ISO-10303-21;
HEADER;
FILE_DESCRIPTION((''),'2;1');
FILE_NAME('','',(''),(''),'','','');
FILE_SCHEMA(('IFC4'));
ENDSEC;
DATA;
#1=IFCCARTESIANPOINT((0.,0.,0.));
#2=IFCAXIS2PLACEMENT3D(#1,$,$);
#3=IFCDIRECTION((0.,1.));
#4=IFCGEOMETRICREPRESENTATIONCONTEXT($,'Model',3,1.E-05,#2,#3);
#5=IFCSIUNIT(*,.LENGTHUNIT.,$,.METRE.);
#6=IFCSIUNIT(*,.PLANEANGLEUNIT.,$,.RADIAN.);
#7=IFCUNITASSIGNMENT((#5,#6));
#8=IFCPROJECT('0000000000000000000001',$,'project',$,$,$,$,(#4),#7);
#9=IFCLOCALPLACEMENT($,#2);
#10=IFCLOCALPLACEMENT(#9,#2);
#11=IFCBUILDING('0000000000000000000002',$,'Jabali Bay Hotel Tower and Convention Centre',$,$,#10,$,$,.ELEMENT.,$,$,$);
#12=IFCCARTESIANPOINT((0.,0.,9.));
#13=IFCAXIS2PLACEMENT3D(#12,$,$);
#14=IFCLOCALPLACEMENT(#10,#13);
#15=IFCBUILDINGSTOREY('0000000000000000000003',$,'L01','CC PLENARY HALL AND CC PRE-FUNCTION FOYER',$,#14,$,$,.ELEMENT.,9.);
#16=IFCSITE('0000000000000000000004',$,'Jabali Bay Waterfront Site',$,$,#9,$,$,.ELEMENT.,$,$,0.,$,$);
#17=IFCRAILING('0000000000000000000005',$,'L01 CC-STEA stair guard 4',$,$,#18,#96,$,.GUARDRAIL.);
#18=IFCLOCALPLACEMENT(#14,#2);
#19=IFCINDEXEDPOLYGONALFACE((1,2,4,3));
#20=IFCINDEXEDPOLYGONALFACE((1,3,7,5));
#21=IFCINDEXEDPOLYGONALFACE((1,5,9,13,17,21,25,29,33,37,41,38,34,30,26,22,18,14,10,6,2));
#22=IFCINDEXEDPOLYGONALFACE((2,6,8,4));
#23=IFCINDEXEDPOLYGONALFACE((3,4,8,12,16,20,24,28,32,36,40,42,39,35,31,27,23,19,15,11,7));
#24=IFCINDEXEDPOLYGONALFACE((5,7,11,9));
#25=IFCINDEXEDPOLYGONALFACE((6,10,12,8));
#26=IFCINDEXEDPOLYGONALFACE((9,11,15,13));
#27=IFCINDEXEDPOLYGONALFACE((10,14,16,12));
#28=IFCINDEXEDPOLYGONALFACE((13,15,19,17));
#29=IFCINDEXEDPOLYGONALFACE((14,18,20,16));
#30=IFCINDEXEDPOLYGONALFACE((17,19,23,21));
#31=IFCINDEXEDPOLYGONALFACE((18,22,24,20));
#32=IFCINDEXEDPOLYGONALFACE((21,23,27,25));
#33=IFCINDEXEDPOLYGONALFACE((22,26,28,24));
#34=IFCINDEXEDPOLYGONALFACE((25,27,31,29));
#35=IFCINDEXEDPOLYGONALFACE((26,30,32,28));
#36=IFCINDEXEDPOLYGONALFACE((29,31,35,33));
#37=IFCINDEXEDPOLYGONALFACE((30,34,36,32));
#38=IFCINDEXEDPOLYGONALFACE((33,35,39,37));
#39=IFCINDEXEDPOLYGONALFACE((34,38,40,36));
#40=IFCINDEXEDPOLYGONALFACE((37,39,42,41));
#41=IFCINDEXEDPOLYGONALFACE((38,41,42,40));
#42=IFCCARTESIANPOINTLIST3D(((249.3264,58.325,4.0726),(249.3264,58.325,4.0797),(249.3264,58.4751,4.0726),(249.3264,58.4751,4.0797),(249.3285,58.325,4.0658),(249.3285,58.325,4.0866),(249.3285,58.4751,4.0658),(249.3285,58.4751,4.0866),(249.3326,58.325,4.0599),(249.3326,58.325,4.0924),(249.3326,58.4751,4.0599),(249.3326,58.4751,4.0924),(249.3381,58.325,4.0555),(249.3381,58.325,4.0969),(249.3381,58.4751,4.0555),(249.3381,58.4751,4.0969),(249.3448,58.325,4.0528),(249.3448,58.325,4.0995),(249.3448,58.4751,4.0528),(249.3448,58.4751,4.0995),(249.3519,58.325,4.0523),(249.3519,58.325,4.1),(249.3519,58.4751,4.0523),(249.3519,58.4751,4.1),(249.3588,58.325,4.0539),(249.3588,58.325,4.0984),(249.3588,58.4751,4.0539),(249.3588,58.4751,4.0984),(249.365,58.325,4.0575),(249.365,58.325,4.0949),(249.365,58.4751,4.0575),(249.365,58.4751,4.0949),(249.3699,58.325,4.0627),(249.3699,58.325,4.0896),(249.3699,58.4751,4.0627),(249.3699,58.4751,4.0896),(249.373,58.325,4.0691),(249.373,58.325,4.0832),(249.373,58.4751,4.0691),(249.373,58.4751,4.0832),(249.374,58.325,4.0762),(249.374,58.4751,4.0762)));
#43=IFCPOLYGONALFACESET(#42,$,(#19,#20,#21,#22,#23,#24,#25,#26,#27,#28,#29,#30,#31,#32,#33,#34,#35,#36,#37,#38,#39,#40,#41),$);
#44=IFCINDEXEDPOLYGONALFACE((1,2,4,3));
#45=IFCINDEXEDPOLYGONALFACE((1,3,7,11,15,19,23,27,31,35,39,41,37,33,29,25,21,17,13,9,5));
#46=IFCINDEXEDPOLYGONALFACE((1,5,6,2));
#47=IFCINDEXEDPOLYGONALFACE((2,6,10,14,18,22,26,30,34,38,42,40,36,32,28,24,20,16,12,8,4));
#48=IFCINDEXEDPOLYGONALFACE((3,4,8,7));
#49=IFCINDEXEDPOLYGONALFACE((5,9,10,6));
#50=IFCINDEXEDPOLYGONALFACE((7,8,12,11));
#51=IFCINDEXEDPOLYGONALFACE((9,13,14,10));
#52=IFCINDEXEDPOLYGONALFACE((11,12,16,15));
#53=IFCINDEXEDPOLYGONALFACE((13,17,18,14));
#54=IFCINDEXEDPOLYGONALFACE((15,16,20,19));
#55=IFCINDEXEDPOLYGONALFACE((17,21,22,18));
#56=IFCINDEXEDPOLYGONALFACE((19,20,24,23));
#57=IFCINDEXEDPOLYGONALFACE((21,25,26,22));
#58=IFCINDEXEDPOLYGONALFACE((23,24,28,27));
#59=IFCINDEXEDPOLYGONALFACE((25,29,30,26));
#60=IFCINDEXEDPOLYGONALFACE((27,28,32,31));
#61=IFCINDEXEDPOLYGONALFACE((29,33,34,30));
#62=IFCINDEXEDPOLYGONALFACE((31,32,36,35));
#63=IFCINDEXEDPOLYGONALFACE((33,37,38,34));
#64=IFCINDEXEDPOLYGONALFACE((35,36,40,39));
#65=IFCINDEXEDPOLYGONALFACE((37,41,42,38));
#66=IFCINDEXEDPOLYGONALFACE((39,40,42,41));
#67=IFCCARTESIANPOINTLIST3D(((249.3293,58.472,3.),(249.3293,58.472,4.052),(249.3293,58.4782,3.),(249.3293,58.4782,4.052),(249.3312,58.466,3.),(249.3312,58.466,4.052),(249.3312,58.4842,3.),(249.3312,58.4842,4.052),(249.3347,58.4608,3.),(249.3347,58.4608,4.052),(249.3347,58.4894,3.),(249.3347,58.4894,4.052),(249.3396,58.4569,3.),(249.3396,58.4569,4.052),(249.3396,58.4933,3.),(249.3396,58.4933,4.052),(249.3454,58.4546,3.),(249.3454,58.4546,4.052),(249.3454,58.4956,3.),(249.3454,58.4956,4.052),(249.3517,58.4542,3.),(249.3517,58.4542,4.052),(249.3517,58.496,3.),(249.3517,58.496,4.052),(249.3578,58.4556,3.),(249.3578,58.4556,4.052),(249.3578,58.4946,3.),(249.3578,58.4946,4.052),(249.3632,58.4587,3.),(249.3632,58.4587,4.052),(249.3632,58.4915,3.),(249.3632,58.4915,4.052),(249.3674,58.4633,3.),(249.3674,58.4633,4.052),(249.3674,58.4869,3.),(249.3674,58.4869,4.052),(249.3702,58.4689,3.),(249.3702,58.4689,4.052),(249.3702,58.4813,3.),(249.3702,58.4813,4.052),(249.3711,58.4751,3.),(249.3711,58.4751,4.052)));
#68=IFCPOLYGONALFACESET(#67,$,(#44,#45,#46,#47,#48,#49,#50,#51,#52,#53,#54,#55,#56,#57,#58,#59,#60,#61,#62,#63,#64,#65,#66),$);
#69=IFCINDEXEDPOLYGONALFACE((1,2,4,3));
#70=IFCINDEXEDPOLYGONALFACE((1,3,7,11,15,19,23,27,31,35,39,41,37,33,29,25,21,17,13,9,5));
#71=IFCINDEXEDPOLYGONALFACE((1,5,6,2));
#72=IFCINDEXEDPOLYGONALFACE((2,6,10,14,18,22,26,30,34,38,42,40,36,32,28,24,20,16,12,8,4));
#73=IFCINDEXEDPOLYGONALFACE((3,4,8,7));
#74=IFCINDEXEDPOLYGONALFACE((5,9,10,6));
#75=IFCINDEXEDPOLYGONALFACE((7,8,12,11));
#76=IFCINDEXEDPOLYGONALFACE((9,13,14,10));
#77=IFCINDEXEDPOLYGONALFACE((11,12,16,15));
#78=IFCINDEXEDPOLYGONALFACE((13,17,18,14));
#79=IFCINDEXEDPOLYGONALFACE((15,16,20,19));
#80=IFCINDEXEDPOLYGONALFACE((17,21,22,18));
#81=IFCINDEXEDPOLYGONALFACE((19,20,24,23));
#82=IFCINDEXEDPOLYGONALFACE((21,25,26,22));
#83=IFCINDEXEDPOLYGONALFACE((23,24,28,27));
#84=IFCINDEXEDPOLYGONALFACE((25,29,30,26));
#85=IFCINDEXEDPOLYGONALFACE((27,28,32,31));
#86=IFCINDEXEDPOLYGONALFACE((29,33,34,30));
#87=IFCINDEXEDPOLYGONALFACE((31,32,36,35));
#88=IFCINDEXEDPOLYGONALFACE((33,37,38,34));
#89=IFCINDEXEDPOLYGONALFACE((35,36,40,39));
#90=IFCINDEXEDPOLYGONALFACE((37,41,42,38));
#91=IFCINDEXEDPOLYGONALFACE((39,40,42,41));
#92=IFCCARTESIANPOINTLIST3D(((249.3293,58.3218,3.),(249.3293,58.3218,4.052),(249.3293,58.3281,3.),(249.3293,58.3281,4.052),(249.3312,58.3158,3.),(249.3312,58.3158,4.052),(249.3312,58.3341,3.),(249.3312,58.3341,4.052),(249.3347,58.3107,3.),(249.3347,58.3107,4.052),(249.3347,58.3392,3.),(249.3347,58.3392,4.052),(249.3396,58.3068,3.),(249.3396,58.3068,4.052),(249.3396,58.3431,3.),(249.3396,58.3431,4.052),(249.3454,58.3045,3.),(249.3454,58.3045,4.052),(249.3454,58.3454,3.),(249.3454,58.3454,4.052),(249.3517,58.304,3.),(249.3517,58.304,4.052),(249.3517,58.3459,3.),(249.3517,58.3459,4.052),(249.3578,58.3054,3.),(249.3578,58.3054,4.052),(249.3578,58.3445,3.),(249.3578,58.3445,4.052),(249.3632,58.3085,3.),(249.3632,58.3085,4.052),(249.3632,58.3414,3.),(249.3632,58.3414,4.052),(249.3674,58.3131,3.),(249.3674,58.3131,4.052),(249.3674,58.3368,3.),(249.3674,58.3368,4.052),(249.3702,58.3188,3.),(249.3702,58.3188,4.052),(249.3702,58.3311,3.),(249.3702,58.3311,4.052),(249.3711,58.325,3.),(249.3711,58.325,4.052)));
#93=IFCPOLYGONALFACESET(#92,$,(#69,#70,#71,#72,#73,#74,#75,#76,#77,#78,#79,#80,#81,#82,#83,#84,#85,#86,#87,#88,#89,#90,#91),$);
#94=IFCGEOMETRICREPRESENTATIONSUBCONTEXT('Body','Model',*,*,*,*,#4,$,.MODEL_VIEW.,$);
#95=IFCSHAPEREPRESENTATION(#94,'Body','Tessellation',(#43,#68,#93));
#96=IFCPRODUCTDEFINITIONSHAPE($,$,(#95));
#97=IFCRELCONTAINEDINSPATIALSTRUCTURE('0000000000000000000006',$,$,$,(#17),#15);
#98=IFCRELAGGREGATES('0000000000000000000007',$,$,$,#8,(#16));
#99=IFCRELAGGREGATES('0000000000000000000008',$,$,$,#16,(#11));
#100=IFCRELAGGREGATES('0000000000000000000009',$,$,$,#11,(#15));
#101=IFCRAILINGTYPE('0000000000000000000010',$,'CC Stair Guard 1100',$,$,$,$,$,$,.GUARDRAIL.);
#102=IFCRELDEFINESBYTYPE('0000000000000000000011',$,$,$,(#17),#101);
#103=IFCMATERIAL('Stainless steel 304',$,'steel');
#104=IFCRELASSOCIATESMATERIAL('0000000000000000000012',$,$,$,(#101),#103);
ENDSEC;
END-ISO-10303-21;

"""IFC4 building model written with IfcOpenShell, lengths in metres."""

from ifc_helpers import new_model, si_unit, direction, frame, origin, origin_2d, place, context, subcontext, project, spatial, circle, extrude, material, type_object, element, save


model = new_model("IFC4")

# Units and contexts
model_context = context("Model", 3, precision=1e-05, world=origin(), true_north=direction((0.0, 1.0)))
body_context = subcontext(model_context, "Body", "Model", "MODEL_VIEW")
ifc_project = project(units=[si_unit("LENGTHUNIT", "METRE"), si_unit("PLANEANGLEUNIT", "RADIAN")], contexts=[model_context])

# Site, building, storey
site_placement = place(None, origin())
site = spatial("IfcSite", under=ifc_project, at=site_placement, Name="Jabali Bay Waterfront Site", CompositionType="ELEMENT", RefElevation=0.0)
building_placement = place(site_placement, origin())
building = spatial("IfcBuilding", under=site, at=building_placement, Name="Jabali Bay Hotel Tower and Convention Centre", CompositionType="ELEMENT")
storey_placement = place(building_placement, frame((0.0, 0.0, 9.0)))
storey = spatial("IfcBuildingStorey", under=building, at=storey_placement, Name="L01", Description="CC PLENARY HALL AND CC PRE-FUNCTION FOYER", CompositionType="ELEMENT", Elevation=9.0)

# Railing
ifc_material_1 = material(Name="Stainless steel 304", Category="steel")
railing_type_1 = type_object("IfcRailingType", Name="CC Stair Guard 1100", PredefinedType="GUARDRAIL", material=ifc_material_1)
railing_1_placement = place(storey_placement, frame((249.3501, 58.4751, 3.0)))
element("IfcRailing", 1, at=railing_1_placement, inside=storey, type_object=railing_type_1, Name="L01 CC-STEA stair guard 4", PredefinedType="GUARDRAIL", context=body_context, shape_type="SweptSolid", body=[
    extrude(circle(Radius=0.0239, at=origin_2d()), frame((0.0, 0.0, 1.0762), z_axis=(0.0, -1.0, 0.0), x_axis=(1.0, 0.0, 0.0)), (0.0, 0.0, 1.0), 0.1501),
    extrude(circle(Radius=0.021, at=origin_2d()), origin(), (0.0, 0.0, 1.0), 1.052),
    extrude(circle(Radius=0.021, at=origin_2d()), frame((0.0, -0.1501, 0.0)), (0.0, 0.0, 1.0), 1.052),
])

save(model, "model.ifc")
